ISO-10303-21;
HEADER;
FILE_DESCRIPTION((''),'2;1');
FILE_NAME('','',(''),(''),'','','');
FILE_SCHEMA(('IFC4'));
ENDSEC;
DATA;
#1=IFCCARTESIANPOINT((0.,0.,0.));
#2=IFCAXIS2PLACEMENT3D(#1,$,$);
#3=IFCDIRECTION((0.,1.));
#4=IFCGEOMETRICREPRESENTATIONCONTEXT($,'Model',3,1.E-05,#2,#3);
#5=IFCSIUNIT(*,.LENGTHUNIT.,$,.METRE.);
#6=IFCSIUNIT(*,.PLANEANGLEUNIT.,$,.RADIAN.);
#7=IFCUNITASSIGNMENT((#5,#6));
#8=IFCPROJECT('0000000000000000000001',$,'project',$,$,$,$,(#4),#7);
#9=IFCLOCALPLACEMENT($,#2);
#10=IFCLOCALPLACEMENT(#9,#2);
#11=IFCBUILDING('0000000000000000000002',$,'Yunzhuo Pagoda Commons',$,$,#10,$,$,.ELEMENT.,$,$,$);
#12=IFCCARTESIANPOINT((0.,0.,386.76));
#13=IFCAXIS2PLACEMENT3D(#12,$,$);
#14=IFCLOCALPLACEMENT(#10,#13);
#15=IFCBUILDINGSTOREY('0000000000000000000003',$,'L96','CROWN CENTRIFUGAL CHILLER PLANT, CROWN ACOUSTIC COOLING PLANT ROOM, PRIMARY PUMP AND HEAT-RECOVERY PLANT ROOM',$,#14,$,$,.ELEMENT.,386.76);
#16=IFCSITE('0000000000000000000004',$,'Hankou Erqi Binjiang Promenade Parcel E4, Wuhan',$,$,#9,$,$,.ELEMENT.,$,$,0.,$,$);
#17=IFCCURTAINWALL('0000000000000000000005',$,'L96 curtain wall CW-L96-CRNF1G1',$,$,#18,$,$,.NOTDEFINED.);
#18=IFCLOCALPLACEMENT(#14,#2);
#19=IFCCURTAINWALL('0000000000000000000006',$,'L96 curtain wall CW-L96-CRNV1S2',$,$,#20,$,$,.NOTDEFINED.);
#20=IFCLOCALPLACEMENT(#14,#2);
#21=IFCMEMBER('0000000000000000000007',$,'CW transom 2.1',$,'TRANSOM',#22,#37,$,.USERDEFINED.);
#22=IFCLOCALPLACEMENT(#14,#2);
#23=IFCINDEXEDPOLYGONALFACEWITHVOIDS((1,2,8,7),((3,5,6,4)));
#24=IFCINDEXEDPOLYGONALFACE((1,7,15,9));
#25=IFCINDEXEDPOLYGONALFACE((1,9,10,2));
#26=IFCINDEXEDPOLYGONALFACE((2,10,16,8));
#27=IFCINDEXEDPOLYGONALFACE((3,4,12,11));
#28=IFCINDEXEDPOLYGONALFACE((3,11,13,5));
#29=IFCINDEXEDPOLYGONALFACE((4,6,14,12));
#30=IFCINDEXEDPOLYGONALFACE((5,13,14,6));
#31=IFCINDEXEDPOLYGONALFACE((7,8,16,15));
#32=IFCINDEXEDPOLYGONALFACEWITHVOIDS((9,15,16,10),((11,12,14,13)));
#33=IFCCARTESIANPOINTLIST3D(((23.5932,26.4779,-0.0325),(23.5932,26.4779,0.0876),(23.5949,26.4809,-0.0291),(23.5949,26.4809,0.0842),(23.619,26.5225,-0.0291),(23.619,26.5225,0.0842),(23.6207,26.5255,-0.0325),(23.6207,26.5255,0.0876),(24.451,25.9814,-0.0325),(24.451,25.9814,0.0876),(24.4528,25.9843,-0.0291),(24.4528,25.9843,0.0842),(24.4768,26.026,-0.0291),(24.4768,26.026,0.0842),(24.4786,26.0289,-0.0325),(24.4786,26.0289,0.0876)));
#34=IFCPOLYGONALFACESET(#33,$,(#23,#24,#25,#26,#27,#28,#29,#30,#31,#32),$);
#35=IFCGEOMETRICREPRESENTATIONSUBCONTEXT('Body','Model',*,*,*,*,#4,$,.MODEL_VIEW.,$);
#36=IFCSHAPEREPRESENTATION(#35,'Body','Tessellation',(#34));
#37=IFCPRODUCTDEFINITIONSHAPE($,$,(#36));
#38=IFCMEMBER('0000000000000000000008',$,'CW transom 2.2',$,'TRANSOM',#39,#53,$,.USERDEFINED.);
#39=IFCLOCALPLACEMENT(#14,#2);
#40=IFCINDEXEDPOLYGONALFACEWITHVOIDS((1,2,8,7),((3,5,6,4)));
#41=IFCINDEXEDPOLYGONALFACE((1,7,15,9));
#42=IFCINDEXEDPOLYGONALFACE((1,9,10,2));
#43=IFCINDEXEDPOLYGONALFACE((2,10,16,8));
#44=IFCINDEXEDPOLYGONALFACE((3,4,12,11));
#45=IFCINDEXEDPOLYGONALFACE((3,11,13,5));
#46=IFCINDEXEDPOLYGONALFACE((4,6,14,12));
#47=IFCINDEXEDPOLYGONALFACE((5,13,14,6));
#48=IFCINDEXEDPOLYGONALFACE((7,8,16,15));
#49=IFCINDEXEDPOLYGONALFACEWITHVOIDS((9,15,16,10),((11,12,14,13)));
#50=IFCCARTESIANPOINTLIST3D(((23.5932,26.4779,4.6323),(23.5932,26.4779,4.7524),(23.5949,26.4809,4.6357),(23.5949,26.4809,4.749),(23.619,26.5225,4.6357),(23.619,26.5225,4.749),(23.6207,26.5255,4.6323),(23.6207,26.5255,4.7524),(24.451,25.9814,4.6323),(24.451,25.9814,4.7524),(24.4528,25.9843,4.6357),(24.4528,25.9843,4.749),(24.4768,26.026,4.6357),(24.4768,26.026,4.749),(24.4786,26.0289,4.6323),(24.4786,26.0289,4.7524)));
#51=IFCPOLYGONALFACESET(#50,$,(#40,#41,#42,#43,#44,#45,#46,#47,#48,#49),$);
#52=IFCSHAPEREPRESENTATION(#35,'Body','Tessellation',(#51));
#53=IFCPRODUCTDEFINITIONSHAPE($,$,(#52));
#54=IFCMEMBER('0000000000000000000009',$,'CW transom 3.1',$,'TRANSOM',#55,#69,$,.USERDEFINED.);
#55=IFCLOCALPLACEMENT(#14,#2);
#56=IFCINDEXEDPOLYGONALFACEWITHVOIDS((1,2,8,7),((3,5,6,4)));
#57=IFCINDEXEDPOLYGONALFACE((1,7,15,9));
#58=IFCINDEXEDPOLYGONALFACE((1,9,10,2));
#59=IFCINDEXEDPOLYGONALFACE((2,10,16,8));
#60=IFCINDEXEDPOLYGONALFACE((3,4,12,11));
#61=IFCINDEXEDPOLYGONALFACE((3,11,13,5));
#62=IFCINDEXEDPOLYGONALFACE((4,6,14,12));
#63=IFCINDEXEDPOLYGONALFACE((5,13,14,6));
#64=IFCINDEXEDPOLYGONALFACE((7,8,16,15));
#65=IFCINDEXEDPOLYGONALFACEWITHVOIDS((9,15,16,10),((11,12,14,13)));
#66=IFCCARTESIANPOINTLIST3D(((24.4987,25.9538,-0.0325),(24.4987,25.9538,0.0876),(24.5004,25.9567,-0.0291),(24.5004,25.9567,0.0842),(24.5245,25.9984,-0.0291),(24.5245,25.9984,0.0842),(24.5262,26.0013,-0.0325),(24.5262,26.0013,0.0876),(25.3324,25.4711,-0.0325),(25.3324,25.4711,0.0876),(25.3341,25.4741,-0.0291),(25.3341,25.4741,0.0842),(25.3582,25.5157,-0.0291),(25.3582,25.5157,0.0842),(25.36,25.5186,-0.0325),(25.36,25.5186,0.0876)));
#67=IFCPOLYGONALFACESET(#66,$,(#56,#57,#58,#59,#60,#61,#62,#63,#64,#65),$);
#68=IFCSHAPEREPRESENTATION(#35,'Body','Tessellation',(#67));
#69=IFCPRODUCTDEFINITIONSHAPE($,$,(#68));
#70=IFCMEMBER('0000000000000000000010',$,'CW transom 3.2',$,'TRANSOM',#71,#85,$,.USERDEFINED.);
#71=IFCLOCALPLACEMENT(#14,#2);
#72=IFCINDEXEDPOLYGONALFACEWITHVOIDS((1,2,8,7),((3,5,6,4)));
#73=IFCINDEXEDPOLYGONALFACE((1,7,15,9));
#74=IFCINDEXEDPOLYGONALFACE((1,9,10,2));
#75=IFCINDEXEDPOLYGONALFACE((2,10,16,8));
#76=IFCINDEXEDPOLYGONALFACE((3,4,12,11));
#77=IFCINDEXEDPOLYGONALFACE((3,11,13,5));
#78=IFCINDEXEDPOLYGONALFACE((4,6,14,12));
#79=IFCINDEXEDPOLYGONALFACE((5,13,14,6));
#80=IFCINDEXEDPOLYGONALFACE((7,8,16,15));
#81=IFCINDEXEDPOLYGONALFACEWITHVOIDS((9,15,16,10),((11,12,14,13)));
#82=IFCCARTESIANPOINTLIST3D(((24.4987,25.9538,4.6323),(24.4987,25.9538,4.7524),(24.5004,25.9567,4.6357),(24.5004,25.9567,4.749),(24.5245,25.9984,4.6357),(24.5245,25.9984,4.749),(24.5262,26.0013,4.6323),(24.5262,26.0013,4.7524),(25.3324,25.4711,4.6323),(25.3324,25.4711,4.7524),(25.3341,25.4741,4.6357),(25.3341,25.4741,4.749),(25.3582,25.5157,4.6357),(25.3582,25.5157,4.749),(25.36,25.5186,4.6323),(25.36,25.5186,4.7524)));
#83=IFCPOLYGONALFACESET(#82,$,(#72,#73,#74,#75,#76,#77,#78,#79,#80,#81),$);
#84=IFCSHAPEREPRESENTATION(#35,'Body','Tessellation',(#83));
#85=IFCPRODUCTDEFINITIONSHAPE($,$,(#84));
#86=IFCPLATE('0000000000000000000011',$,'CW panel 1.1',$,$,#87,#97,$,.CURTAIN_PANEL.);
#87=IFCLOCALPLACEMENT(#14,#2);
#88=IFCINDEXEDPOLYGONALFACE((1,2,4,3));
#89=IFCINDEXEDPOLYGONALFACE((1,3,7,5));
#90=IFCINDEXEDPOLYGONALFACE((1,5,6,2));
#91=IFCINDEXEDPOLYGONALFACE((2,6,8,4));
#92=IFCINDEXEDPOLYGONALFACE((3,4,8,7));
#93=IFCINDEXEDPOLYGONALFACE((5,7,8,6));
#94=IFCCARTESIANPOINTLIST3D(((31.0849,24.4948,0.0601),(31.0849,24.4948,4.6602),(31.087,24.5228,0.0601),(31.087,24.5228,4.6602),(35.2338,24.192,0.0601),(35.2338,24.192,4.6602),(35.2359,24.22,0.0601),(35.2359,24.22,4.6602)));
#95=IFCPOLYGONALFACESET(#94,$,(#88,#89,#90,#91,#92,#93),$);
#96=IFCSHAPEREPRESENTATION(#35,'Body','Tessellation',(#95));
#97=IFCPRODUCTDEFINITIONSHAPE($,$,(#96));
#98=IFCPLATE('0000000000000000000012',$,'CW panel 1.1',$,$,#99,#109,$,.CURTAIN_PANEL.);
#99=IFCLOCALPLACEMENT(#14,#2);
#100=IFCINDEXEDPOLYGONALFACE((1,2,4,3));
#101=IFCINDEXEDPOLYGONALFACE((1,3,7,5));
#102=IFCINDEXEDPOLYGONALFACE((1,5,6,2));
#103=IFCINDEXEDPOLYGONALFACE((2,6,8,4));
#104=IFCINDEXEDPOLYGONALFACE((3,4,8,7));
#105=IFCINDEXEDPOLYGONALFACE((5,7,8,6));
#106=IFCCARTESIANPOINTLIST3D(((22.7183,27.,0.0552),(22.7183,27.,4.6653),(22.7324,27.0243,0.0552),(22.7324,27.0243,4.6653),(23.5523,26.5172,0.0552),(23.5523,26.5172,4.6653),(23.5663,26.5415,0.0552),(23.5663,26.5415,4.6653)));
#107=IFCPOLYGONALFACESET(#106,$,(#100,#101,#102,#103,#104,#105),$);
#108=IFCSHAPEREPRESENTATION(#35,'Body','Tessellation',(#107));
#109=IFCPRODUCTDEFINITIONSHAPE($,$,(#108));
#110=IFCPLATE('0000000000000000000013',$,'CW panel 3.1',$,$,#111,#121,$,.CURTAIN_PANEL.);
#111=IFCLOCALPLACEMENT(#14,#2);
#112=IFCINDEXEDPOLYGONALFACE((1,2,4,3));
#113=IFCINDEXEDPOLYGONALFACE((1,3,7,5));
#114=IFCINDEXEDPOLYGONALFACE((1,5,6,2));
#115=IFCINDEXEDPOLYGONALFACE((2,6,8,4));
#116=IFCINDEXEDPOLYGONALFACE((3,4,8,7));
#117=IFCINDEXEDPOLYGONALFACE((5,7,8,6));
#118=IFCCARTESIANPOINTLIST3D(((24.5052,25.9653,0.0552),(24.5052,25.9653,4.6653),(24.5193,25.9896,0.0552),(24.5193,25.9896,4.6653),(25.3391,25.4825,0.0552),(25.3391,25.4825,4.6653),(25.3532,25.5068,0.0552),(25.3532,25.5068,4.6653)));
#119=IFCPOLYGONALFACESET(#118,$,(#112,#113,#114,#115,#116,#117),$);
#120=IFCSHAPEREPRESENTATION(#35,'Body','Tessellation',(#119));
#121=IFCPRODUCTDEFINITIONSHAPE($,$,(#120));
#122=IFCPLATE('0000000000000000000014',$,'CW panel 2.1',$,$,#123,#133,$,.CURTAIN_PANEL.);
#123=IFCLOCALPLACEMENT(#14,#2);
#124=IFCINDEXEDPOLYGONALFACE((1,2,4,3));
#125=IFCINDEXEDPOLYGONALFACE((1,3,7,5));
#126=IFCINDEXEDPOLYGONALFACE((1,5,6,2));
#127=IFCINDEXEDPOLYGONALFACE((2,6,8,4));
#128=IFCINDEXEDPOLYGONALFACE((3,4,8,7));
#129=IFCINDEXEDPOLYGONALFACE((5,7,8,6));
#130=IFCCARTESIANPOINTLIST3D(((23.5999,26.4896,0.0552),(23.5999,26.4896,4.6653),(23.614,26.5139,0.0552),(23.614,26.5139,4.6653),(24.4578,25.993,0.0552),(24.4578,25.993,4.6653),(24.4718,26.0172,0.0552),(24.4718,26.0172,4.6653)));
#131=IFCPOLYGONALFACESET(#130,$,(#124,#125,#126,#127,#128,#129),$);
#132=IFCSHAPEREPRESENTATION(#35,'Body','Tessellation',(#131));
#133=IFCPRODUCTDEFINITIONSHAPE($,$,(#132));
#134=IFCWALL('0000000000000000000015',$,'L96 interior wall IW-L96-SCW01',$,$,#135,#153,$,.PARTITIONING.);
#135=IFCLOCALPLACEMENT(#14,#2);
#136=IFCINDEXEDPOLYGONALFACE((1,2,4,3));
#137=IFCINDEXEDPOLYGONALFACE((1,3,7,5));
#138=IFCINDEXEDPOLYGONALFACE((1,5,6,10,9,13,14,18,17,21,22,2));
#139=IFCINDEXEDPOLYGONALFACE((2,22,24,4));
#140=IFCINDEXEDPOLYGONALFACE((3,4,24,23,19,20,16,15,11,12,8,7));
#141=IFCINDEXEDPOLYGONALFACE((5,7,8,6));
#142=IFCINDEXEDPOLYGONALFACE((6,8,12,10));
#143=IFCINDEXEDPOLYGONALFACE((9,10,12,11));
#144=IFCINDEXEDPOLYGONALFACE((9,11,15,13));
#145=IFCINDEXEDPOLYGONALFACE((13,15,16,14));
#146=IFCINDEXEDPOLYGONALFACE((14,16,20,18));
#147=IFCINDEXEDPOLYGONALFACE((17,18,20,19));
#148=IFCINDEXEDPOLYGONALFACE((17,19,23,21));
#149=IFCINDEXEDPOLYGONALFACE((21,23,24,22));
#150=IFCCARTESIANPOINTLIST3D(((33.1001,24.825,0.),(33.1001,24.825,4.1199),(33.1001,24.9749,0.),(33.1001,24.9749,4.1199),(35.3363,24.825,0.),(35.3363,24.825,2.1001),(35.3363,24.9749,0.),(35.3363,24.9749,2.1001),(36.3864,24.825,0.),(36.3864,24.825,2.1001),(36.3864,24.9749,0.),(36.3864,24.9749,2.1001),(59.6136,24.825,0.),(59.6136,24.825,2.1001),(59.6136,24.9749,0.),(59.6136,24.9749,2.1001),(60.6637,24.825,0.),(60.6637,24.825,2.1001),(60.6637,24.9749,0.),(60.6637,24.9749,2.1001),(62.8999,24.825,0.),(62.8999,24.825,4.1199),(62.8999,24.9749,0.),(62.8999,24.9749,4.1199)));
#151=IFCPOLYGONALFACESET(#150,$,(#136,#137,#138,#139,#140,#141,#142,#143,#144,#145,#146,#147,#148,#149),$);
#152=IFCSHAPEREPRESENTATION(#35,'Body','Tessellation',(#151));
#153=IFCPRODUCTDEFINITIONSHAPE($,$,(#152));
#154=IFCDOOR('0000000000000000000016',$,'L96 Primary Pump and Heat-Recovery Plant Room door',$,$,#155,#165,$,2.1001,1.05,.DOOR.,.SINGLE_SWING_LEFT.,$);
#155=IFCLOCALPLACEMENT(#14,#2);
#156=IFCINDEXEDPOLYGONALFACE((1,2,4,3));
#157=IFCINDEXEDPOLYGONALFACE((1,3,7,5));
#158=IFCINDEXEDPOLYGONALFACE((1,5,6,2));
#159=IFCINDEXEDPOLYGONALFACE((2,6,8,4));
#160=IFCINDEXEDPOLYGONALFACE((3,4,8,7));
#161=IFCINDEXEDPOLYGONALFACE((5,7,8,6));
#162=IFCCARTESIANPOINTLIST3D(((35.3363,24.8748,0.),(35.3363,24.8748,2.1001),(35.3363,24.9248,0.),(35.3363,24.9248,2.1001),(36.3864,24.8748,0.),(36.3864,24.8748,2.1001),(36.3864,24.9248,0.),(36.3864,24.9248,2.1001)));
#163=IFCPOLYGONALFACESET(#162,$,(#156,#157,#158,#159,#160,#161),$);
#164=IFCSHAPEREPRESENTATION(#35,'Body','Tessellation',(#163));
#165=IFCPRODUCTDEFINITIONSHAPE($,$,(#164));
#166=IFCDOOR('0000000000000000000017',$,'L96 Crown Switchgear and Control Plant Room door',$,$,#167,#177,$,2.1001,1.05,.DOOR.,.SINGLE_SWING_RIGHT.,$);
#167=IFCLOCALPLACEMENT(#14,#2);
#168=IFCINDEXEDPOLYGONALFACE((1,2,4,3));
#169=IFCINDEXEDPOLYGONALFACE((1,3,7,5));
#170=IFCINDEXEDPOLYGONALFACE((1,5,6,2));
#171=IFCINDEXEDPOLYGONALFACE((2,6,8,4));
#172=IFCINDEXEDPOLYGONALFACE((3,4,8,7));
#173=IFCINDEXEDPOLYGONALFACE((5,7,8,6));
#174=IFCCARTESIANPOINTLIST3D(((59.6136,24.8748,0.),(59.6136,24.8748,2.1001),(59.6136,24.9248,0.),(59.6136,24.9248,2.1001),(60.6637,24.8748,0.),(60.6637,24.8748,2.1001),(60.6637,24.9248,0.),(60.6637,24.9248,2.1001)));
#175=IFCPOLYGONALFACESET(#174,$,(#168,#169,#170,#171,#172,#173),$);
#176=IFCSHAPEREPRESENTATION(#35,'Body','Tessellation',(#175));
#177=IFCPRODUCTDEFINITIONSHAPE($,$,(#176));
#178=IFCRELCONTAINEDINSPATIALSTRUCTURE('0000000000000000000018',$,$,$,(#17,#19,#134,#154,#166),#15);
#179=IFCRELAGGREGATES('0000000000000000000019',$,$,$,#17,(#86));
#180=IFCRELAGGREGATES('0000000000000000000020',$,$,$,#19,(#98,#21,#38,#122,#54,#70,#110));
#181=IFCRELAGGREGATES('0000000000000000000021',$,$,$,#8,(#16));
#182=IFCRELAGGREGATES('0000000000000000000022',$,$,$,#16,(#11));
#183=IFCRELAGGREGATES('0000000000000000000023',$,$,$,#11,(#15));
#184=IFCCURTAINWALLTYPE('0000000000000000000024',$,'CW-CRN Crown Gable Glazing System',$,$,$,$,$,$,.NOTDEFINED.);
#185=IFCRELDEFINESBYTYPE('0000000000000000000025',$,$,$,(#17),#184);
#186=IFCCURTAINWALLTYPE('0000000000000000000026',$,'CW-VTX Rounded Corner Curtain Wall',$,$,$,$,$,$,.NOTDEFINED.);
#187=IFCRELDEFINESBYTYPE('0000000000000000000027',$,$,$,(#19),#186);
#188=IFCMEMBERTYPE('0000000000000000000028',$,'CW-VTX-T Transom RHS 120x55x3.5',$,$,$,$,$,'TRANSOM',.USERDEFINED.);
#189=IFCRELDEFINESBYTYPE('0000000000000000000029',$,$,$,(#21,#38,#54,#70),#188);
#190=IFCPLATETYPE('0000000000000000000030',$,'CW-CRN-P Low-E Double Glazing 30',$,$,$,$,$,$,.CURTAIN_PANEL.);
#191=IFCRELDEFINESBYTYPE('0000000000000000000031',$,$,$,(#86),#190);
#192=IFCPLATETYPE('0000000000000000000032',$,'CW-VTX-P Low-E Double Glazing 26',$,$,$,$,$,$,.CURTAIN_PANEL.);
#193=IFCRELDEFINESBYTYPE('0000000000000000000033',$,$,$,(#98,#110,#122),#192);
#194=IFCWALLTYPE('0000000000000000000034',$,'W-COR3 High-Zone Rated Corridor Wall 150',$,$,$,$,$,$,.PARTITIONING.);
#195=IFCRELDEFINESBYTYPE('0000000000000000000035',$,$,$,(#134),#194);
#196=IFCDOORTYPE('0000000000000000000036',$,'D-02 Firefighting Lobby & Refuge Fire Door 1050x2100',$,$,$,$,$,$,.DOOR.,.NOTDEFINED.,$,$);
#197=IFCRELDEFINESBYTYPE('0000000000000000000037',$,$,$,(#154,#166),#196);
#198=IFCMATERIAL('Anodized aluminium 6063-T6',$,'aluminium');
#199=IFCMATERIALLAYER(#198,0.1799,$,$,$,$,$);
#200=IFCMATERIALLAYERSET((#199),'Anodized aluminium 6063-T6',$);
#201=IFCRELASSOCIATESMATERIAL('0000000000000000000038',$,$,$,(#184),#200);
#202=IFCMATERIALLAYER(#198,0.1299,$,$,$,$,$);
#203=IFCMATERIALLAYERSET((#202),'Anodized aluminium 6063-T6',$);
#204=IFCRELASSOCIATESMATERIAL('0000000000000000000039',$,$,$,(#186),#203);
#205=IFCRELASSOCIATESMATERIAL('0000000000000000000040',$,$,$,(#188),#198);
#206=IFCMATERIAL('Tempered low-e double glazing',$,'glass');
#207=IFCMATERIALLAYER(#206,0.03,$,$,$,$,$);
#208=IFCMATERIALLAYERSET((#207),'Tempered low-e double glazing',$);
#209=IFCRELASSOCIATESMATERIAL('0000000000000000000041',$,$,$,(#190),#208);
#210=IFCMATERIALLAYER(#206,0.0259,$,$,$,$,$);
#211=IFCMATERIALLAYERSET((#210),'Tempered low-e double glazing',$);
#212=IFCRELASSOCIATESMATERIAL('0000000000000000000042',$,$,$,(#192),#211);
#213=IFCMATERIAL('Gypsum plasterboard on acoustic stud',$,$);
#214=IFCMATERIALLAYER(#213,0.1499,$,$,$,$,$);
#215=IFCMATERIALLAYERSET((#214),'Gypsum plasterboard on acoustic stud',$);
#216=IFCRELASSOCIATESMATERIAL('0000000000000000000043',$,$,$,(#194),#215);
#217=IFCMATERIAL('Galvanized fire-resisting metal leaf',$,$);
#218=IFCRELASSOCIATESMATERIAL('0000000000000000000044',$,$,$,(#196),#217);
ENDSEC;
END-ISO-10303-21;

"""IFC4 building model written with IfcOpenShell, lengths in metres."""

from ifc_helpers import new_model, si_unit, direction, frame, frame_2d, origin, origin_with_axes, origin_2d, place, context, subcontext, project, spatial, rectangle, hollow_rectangle, extrude, source, transform, mapped, material, layer, layer_set, material_profile, profile_set, type_object, element, fill, aggregate, save


model = new_model("IFC4")

# Units and contexts
model_context = context("Model", 3, precision=1e-05, world=origin(), true_north=direction((0.0, 1.0)))
body_context = subcontext(model_context, "Body", "Model", "MODEL_VIEW")
ifc_project = project(units=[si_unit("LENGTHUNIT", "METRE"), si_unit("PLANEANGLEUNIT", "RADIAN")], contexts=[model_context])

# Site, building, storey
site_placement = place(None, origin())
site = spatial("IfcSite", under=ifc_project, at=site_placement, Name="Hankou Erqi Binjiang Promenade Parcel E4, Wuhan", CompositionType="ELEMENT", RefElevation=0.0)
building_placement = place(site_placement, origin())
building = spatial("IfcBuilding", under=site, at=building_placement, Name="Yunzhuo Pagoda Commons", CompositionType="ELEMENT")
storey_placement = place(building_placement, frame((0.0, 0.0, 386.76)))
storey = spatial("IfcBuildingStorey", under=building, at=storey_placement, Name="L96", Description="CROWN CENTRIFUGAL CHILLER PLANT, CROWN ACOUSTIC COOLING PLANT ROOM, PRIMARY PUMP AND HEAT-RECOVERY PLANT ROOM", CompositionType="ELEMENT", Elevation=386.76)

# Curtain walls
ifc_material_1 = material(Name="Anodized aluminium 6063-T6", Category="aluminium")
ifc_layer_1 = layer(ifc_material_1, 0.1799)
ifc_layer_set_1 = layer_set([ifc_layer_1], Name="Anodized aluminium 6063-T6")
curtain_wall_type_1 = type_object("IfcCurtainWallType", Name="CW-CRN Crown Gable Glazing System", PredefinedType="NOTDEFINED", material=ifc_layer_set_1)
curtain_wall_1_placement = place(storey_placement, origin())
curtain_wall_1 = element("IfcCurtainWall", 1, at=curtain_wall_1_placement, inside=storey, type_object=curtain_wall_type_1, Name="L96 curtain wall CW-L96-CRNF1G1", PredefinedType="NOTDEFINED")
ifc_layer_2 = layer(ifc_material_1, 0.1299)
ifc_layer_set_2 = layer_set([ifc_layer_2], Name="Anodized aluminium 6063-T6")
curtain_wall_type_2 = type_object("IfcCurtainWallType", Name="CW-VTX Rounded Corner Curtain Wall", PredefinedType="NOTDEFINED", material=ifc_layer_set_2)
curtain_wall_2_placement = place(storey_placement, origin())
curtain_wall_2 = element("IfcCurtainWall", 2, at=curtain_wall_2_placement, inside=storey, type_object=curtain_wall_type_2, Name="L96 curtain wall CW-L96-CRNV1S2", PredefinedType="NOTDEFINED")

# Shared definitions
ifc_material_profile_1 = material_profile(ifc_material_1, hollow_rectangle(XDim=0.0549, YDim=0.1201, WallThickness=0.0034, at=origin_2d()), Name="Anodized aluminium 6063-T6")
ifc_profile_set_1 = profile_set([ifc_material_profile_1], Name="Anodized aluminium 6063-T6")
member_type_1 = type_object("IfcMemberType", Name="CW-VTX-T Transom RHS 120x55x3.5", ElementType="TRANSOM", PredefinedType="USERDEFINED", material=ifc_profile_set_1)

# Members
shared_shape_1 = source(origin(), body_context, "Body", "SweptSolid", [
    extrude(hollow_rectangle(XDim=0.0549, YDim=0.1201, WallThickness=0.0034, at=origin_2d()), origin(), (0.0, 0.0, 1.0), 0.9912),
])
member_1_placement = place(storey_placement, frame((23.6069, 26.5017, 0.0276), z_axis=(0.865471, -0.500959, 0.0), x_axis=(0.500959, 0.865471, 0.0)))
member_1 = element("IfcMember", 3, at=member_1_placement, type_object=member_type_1, Name="CW transom 2.1", ObjectType="TRANSOM", PredefinedType="USERDEFINED", context=body_context, shape_type="MappedRepresentation", body=[
    mapped(shared_shape_1, transform((0.0, 0.0, 0.0), scale=1.0)),
])
member_2_placement = place(storey_placement, frame((23.6069, 26.5017, 4.6924), z_axis=(0.865471, -0.500959, 0.0), x_axis=(0.500959, 0.865471, 0.0)))
member_2 = element("IfcMember", 4, at=member_2_placement, type_object=member_type_1, Name="CW transom 2.2", ObjectType="TRANSOM", PredefinedType="USERDEFINED", context=body_context, shape_type="MappedRepresentation", body=[
    mapped(shared_shape_1, transform((0.0, 0.0, 0.0), scale=1.0)),
])
shared_shape_2 = source(origin(), body_context, "Body", "SweptSolid", [
    extrude(hollow_rectangle(XDim=0.0549, YDim=0.1201, WallThickness=0.0034, at=origin_2d()), origin(), (0.0, 0.0, 1.0), 0.9634),
])
member_3_placement = place(storey_placement, frame((24.5125, 25.9775, 0.0276), z_axis=(0.865438, -0.501016, 0.0), x_axis=(0.501016, 0.865438, 0.0)))
member_3 = element("IfcMember", 5, at=member_3_placement, type_object=member_type_1, Name="CW transom 3.1", ObjectType="TRANSOM", PredefinedType="USERDEFINED", context=body_context, shape_type="MappedRepresentation", body=[
    mapped(shared_shape_2, transform((0.0, 0.0, 0.0), scale=1.0)),
])
member_4_placement = place(storey_placement, frame((24.5125, 25.9775, 4.6924), z_axis=(0.865438, -0.501016, 0.0), x_axis=(0.501016, 0.865438, 0.0)))
member_4 = element("IfcMember", 6, at=member_4_placement, type_object=member_type_1, Name="CW transom 3.2", ObjectType="TRANSOM", PredefinedType="USERDEFINED", context=body_context, shape_type="MappedRepresentation", body=[
    mapped(shared_shape_2, transform((0.0, 0.0, 0.0), scale=1.0)),
])

# Plates
ifc_material_2 = material(Name="Tempered low-e double glazing", Category="glass")
ifc_layer_3 = layer(ifc_material_2, 0.03)
ifc_layer_set_3 = layer_set([ifc_layer_3], Name="Tempered low-e double glazing")
plate_type_1 = type_object("IfcPlateType", Name="CW-CRN-P Low-E Double Glazing 30", PredefinedType="CURTAIN_PANEL", material=ifc_layer_set_3)
shared_shape_3 = source(origin(), body_context, "Body", "SweptSolid", [
    extrude(rectangle(XDim=4.1599, YDim=0.0281, at=origin_2d()), origin(), (0.0, 0.0, 1.0), 4.6001),
])
plate_1_placement = place(storey_placement, frame((33.1604, 24.3574, 0.0601), z_axis=(0.0, 0.0, 1.0), x_axis=(0.997347, -0.072796, 0.0)))
plate_1 = element("IfcPlate", 7, at=plate_1_placement, type_object=plate_type_1, Name="CW panel 1.1", PredefinedType="CURTAIN_PANEL", context=body_context, shape_type="MappedRepresentation", body=[
    mapped(shared_shape_3, transform((0.0, 0.0, 0.0), scale=1.0)),
])
aggregate(curtain_wall_1, [plate_1])
ifc_layer_4 = layer(ifc_material_2, 0.0259)
ifc_layer_set_4 = layer_set([ifc_layer_4], Name="Tempered low-e double glazing")
plate_type_2 = type_object("IfcPlateType", Name="CW-VTX-P Low-E Double Glazing 26", PredefinedType="CURTAIN_PANEL", material=ifc_layer_set_4)
shared_shape_4 = source(origin(), body_context, "Body", "SweptSolid", [
    extrude(rectangle(XDim=0.9636, YDim=0.0281, at=origin_2d()), origin(), (0.0, 0.0, 1.0), 4.6101),
])
plate_2_placement = place(storey_placement, frame((23.1423, 26.7708, 0.0552), z_axis=(0.0, 0.0, 1.0), x_axis=(0.865423, -0.501041, 0.0)))
plate_2 = element("IfcPlate", 8, at=plate_2_placement, type_object=plate_type_2, Name="CW panel 1.1", PredefinedType="CURTAIN_PANEL", context=body_context, shape_type="MappedRepresentation", body=[
    mapped(shared_shape_4, transform((0.0, 0.0, 0.0), scale=1.0)),
])
plate_3_placement = place(storey_placement, frame((24.9292, 25.7361, 0.0552), z_axis=(0.0, 0.0, 1.0), x_axis=(0.865423, -0.501041, 0.0)))
plate_3 = element("IfcPlate", 9, at=plate_3_placement, type_object=plate_type_2, Name="CW panel 3.1", PredefinedType="CURTAIN_PANEL", context=body_context, shape_type="MappedRepresentation", body=[
    mapped(shared_shape_4, transform((0.0, 0.0, 0.0), scale=1.0)),
])
shared_shape_5 = source(origin(), body_context, "Body", "SweptSolid", [
    extrude(rectangle(XDim=0.9912, YDim=0.0281, at=origin_2d()), origin(), (0.0, 0.0, 1.0), 4.6101),
])
plate_4_placement = place(storey_placement, frame((24.0359, 26.2534, 0.0552), z_axis=(0.0, 0.0, 1.0), x_axis=(0.865423, -0.501041, 0.0)))
plate_4 = element("IfcPlate", 10, at=plate_4_placement, type_object=plate_type_2, Name="CW panel 2.1", PredefinedType="CURTAIN_PANEL", context=body_context, shape_type="MappedRepresentation", body=[
    mapped(shared_shape_5, transform((0.0, 0.0, 0.0), scale=1.0)),
])
aggregate(curtain_wall_2, [plate_2, member_1, member_2, plate_4, member_3, member_4, plate_3])

# Wall, openings, doors
ifc_material_3 = material(Name="Gypsum plasterboard on acoustic stud")
ifc_layer_5 = layer(ifc_material_3, 0.1499)
ifc_layer_set_5 = layer_set([ifc_layer_5], Name="Gypsum plasterboard on acoustic stud")
wall_type = type_object("IfcWallType", Name="W-COR3 High-Zone Rated Corridor Wall 150", PredefinedType="PARTITIONING", material=ifc_layer_set_5)
wall_placement = place(storey_placement, frame((33.1001, 24.8999, 0.0), z_axis=(0.0, 0.0, 1.0), x_axis=(1.0, 0.0, 0.0)))
wall = element("IfcWall", 11, at=wall_placement, inside=storey, type_object=wall_type, Name="L96 interior wall IW-L96-SCW01", PredefinedType="PARTITIONING", context=body_context, shape_type="SweptSolid", body=[
    extrude(rectangle(XDim=29.7998, YDim=0.1499, at=frame_2d((14.8999, 0.0))), origin(), (0.0, 0.0, 1.0), 4.1199),
])
opening_1_placement = place(wall_placement, frame((2.2363, 0.0, 0.0)))
opening_1 = element("IfcOpeningElement", 12, at=opening_1_placement, cuts=wall, PredefinedType="OPENING", context=body_context, shape_type="SweptSolid", body=[
    extrude(rectangle(XDim=1.05, YDim=2.1001, at=frame_2d((0.5249, 1.05))), frame((0.0, 0.085, 0.0), z_axis=(0.0, -1.0, 0.0), x_axis=(1.0, 0.0, 0.0)), (0.0, 0.0, 1.0), 0.1699),
])
opening_2_placement = place(wall_placement, frame((26.5137, 0.0, 0.0)))
opening_2 = element("IfcOpeningElement", 13, at=opening_2_placement, cuts=wall, PredefinedType="OPENING", context=body_context, shape_type="SweptSolid", body=[
    extrude(rectangle(XDim=1.05, YDim=2.1001, at=frame_2d((0.5249, 1.05))), frame((0.0, 0.085, 0.0), z_axis=(0.0, -1.0, 0.0), x_axis=(1.0, 0.0, 0.0)), (0.0, 0.0, 1.0), 0.1699),
])
ifc_material_4 = material(Name="Galvanized fire-resisting metal leaf")
door_type = type_object("IfcDoorType", Name="D-02 Firefighting Lobby & Refuge Fire Door 1050x2100", OperationType="NOTDEFINED", PredefinedType="DOOR", material=ifc_material_4)
shared_shape_6 = source(origin(), body_context, "Body", "SweptSolid", [
    extrude(rectangle(XDim=1.05, YDim=2.1001, at=frame_2d((0.5249, 1.05))), frame((0.0, 0.0249, 0.0), z_axis=(0.0, -1.0, 0.0), x_axis=(1.0, 0.0, 0.0)), (0.0, 0.0, 1.0), 0.05),
])
door_1_placement = place(opening_1_placement, origin_with_axes())
door_1 = element("IfcDoor", 14, at=door_1_placement, inside=storey, type_object=door_type, Name="L96 Primary Pump and Heat-Recovery Plant Room door", OperationType="SINGLE_SWING_LEFT", OverallHeight=2.1001, OverallWidth=1.05, PredefinedType="DOOR", context=body_context, shape_type="MappedRepresentation", body=[
    mapped(shared_shape_6, transform((0.0, 0.0, 0.0), scale=1.0)),
])
fill(opening_1, door_1)
door_2_placement = place(opening_2_placement, origin_with_axes())
door_2 = element("IfcDoor", 15, at=door_2_placement, inside=storey, type_object=door_type, Name="L96 Crown Switchgear and Control Plant Room door", OperationType="SINGLE_SWING_RIGHT", OverallHeight=2.1001, OverallWidth=1.05, PredefinedType="DOOR", context=body_context, shape_type="MappedRepresentation", body=[
    mapped(shared_shape_6, transform((0.0, 0.0, 0.0), scale=1.0)),
])
fill(opening_2, door_2)

save(model, "model.ifc")
